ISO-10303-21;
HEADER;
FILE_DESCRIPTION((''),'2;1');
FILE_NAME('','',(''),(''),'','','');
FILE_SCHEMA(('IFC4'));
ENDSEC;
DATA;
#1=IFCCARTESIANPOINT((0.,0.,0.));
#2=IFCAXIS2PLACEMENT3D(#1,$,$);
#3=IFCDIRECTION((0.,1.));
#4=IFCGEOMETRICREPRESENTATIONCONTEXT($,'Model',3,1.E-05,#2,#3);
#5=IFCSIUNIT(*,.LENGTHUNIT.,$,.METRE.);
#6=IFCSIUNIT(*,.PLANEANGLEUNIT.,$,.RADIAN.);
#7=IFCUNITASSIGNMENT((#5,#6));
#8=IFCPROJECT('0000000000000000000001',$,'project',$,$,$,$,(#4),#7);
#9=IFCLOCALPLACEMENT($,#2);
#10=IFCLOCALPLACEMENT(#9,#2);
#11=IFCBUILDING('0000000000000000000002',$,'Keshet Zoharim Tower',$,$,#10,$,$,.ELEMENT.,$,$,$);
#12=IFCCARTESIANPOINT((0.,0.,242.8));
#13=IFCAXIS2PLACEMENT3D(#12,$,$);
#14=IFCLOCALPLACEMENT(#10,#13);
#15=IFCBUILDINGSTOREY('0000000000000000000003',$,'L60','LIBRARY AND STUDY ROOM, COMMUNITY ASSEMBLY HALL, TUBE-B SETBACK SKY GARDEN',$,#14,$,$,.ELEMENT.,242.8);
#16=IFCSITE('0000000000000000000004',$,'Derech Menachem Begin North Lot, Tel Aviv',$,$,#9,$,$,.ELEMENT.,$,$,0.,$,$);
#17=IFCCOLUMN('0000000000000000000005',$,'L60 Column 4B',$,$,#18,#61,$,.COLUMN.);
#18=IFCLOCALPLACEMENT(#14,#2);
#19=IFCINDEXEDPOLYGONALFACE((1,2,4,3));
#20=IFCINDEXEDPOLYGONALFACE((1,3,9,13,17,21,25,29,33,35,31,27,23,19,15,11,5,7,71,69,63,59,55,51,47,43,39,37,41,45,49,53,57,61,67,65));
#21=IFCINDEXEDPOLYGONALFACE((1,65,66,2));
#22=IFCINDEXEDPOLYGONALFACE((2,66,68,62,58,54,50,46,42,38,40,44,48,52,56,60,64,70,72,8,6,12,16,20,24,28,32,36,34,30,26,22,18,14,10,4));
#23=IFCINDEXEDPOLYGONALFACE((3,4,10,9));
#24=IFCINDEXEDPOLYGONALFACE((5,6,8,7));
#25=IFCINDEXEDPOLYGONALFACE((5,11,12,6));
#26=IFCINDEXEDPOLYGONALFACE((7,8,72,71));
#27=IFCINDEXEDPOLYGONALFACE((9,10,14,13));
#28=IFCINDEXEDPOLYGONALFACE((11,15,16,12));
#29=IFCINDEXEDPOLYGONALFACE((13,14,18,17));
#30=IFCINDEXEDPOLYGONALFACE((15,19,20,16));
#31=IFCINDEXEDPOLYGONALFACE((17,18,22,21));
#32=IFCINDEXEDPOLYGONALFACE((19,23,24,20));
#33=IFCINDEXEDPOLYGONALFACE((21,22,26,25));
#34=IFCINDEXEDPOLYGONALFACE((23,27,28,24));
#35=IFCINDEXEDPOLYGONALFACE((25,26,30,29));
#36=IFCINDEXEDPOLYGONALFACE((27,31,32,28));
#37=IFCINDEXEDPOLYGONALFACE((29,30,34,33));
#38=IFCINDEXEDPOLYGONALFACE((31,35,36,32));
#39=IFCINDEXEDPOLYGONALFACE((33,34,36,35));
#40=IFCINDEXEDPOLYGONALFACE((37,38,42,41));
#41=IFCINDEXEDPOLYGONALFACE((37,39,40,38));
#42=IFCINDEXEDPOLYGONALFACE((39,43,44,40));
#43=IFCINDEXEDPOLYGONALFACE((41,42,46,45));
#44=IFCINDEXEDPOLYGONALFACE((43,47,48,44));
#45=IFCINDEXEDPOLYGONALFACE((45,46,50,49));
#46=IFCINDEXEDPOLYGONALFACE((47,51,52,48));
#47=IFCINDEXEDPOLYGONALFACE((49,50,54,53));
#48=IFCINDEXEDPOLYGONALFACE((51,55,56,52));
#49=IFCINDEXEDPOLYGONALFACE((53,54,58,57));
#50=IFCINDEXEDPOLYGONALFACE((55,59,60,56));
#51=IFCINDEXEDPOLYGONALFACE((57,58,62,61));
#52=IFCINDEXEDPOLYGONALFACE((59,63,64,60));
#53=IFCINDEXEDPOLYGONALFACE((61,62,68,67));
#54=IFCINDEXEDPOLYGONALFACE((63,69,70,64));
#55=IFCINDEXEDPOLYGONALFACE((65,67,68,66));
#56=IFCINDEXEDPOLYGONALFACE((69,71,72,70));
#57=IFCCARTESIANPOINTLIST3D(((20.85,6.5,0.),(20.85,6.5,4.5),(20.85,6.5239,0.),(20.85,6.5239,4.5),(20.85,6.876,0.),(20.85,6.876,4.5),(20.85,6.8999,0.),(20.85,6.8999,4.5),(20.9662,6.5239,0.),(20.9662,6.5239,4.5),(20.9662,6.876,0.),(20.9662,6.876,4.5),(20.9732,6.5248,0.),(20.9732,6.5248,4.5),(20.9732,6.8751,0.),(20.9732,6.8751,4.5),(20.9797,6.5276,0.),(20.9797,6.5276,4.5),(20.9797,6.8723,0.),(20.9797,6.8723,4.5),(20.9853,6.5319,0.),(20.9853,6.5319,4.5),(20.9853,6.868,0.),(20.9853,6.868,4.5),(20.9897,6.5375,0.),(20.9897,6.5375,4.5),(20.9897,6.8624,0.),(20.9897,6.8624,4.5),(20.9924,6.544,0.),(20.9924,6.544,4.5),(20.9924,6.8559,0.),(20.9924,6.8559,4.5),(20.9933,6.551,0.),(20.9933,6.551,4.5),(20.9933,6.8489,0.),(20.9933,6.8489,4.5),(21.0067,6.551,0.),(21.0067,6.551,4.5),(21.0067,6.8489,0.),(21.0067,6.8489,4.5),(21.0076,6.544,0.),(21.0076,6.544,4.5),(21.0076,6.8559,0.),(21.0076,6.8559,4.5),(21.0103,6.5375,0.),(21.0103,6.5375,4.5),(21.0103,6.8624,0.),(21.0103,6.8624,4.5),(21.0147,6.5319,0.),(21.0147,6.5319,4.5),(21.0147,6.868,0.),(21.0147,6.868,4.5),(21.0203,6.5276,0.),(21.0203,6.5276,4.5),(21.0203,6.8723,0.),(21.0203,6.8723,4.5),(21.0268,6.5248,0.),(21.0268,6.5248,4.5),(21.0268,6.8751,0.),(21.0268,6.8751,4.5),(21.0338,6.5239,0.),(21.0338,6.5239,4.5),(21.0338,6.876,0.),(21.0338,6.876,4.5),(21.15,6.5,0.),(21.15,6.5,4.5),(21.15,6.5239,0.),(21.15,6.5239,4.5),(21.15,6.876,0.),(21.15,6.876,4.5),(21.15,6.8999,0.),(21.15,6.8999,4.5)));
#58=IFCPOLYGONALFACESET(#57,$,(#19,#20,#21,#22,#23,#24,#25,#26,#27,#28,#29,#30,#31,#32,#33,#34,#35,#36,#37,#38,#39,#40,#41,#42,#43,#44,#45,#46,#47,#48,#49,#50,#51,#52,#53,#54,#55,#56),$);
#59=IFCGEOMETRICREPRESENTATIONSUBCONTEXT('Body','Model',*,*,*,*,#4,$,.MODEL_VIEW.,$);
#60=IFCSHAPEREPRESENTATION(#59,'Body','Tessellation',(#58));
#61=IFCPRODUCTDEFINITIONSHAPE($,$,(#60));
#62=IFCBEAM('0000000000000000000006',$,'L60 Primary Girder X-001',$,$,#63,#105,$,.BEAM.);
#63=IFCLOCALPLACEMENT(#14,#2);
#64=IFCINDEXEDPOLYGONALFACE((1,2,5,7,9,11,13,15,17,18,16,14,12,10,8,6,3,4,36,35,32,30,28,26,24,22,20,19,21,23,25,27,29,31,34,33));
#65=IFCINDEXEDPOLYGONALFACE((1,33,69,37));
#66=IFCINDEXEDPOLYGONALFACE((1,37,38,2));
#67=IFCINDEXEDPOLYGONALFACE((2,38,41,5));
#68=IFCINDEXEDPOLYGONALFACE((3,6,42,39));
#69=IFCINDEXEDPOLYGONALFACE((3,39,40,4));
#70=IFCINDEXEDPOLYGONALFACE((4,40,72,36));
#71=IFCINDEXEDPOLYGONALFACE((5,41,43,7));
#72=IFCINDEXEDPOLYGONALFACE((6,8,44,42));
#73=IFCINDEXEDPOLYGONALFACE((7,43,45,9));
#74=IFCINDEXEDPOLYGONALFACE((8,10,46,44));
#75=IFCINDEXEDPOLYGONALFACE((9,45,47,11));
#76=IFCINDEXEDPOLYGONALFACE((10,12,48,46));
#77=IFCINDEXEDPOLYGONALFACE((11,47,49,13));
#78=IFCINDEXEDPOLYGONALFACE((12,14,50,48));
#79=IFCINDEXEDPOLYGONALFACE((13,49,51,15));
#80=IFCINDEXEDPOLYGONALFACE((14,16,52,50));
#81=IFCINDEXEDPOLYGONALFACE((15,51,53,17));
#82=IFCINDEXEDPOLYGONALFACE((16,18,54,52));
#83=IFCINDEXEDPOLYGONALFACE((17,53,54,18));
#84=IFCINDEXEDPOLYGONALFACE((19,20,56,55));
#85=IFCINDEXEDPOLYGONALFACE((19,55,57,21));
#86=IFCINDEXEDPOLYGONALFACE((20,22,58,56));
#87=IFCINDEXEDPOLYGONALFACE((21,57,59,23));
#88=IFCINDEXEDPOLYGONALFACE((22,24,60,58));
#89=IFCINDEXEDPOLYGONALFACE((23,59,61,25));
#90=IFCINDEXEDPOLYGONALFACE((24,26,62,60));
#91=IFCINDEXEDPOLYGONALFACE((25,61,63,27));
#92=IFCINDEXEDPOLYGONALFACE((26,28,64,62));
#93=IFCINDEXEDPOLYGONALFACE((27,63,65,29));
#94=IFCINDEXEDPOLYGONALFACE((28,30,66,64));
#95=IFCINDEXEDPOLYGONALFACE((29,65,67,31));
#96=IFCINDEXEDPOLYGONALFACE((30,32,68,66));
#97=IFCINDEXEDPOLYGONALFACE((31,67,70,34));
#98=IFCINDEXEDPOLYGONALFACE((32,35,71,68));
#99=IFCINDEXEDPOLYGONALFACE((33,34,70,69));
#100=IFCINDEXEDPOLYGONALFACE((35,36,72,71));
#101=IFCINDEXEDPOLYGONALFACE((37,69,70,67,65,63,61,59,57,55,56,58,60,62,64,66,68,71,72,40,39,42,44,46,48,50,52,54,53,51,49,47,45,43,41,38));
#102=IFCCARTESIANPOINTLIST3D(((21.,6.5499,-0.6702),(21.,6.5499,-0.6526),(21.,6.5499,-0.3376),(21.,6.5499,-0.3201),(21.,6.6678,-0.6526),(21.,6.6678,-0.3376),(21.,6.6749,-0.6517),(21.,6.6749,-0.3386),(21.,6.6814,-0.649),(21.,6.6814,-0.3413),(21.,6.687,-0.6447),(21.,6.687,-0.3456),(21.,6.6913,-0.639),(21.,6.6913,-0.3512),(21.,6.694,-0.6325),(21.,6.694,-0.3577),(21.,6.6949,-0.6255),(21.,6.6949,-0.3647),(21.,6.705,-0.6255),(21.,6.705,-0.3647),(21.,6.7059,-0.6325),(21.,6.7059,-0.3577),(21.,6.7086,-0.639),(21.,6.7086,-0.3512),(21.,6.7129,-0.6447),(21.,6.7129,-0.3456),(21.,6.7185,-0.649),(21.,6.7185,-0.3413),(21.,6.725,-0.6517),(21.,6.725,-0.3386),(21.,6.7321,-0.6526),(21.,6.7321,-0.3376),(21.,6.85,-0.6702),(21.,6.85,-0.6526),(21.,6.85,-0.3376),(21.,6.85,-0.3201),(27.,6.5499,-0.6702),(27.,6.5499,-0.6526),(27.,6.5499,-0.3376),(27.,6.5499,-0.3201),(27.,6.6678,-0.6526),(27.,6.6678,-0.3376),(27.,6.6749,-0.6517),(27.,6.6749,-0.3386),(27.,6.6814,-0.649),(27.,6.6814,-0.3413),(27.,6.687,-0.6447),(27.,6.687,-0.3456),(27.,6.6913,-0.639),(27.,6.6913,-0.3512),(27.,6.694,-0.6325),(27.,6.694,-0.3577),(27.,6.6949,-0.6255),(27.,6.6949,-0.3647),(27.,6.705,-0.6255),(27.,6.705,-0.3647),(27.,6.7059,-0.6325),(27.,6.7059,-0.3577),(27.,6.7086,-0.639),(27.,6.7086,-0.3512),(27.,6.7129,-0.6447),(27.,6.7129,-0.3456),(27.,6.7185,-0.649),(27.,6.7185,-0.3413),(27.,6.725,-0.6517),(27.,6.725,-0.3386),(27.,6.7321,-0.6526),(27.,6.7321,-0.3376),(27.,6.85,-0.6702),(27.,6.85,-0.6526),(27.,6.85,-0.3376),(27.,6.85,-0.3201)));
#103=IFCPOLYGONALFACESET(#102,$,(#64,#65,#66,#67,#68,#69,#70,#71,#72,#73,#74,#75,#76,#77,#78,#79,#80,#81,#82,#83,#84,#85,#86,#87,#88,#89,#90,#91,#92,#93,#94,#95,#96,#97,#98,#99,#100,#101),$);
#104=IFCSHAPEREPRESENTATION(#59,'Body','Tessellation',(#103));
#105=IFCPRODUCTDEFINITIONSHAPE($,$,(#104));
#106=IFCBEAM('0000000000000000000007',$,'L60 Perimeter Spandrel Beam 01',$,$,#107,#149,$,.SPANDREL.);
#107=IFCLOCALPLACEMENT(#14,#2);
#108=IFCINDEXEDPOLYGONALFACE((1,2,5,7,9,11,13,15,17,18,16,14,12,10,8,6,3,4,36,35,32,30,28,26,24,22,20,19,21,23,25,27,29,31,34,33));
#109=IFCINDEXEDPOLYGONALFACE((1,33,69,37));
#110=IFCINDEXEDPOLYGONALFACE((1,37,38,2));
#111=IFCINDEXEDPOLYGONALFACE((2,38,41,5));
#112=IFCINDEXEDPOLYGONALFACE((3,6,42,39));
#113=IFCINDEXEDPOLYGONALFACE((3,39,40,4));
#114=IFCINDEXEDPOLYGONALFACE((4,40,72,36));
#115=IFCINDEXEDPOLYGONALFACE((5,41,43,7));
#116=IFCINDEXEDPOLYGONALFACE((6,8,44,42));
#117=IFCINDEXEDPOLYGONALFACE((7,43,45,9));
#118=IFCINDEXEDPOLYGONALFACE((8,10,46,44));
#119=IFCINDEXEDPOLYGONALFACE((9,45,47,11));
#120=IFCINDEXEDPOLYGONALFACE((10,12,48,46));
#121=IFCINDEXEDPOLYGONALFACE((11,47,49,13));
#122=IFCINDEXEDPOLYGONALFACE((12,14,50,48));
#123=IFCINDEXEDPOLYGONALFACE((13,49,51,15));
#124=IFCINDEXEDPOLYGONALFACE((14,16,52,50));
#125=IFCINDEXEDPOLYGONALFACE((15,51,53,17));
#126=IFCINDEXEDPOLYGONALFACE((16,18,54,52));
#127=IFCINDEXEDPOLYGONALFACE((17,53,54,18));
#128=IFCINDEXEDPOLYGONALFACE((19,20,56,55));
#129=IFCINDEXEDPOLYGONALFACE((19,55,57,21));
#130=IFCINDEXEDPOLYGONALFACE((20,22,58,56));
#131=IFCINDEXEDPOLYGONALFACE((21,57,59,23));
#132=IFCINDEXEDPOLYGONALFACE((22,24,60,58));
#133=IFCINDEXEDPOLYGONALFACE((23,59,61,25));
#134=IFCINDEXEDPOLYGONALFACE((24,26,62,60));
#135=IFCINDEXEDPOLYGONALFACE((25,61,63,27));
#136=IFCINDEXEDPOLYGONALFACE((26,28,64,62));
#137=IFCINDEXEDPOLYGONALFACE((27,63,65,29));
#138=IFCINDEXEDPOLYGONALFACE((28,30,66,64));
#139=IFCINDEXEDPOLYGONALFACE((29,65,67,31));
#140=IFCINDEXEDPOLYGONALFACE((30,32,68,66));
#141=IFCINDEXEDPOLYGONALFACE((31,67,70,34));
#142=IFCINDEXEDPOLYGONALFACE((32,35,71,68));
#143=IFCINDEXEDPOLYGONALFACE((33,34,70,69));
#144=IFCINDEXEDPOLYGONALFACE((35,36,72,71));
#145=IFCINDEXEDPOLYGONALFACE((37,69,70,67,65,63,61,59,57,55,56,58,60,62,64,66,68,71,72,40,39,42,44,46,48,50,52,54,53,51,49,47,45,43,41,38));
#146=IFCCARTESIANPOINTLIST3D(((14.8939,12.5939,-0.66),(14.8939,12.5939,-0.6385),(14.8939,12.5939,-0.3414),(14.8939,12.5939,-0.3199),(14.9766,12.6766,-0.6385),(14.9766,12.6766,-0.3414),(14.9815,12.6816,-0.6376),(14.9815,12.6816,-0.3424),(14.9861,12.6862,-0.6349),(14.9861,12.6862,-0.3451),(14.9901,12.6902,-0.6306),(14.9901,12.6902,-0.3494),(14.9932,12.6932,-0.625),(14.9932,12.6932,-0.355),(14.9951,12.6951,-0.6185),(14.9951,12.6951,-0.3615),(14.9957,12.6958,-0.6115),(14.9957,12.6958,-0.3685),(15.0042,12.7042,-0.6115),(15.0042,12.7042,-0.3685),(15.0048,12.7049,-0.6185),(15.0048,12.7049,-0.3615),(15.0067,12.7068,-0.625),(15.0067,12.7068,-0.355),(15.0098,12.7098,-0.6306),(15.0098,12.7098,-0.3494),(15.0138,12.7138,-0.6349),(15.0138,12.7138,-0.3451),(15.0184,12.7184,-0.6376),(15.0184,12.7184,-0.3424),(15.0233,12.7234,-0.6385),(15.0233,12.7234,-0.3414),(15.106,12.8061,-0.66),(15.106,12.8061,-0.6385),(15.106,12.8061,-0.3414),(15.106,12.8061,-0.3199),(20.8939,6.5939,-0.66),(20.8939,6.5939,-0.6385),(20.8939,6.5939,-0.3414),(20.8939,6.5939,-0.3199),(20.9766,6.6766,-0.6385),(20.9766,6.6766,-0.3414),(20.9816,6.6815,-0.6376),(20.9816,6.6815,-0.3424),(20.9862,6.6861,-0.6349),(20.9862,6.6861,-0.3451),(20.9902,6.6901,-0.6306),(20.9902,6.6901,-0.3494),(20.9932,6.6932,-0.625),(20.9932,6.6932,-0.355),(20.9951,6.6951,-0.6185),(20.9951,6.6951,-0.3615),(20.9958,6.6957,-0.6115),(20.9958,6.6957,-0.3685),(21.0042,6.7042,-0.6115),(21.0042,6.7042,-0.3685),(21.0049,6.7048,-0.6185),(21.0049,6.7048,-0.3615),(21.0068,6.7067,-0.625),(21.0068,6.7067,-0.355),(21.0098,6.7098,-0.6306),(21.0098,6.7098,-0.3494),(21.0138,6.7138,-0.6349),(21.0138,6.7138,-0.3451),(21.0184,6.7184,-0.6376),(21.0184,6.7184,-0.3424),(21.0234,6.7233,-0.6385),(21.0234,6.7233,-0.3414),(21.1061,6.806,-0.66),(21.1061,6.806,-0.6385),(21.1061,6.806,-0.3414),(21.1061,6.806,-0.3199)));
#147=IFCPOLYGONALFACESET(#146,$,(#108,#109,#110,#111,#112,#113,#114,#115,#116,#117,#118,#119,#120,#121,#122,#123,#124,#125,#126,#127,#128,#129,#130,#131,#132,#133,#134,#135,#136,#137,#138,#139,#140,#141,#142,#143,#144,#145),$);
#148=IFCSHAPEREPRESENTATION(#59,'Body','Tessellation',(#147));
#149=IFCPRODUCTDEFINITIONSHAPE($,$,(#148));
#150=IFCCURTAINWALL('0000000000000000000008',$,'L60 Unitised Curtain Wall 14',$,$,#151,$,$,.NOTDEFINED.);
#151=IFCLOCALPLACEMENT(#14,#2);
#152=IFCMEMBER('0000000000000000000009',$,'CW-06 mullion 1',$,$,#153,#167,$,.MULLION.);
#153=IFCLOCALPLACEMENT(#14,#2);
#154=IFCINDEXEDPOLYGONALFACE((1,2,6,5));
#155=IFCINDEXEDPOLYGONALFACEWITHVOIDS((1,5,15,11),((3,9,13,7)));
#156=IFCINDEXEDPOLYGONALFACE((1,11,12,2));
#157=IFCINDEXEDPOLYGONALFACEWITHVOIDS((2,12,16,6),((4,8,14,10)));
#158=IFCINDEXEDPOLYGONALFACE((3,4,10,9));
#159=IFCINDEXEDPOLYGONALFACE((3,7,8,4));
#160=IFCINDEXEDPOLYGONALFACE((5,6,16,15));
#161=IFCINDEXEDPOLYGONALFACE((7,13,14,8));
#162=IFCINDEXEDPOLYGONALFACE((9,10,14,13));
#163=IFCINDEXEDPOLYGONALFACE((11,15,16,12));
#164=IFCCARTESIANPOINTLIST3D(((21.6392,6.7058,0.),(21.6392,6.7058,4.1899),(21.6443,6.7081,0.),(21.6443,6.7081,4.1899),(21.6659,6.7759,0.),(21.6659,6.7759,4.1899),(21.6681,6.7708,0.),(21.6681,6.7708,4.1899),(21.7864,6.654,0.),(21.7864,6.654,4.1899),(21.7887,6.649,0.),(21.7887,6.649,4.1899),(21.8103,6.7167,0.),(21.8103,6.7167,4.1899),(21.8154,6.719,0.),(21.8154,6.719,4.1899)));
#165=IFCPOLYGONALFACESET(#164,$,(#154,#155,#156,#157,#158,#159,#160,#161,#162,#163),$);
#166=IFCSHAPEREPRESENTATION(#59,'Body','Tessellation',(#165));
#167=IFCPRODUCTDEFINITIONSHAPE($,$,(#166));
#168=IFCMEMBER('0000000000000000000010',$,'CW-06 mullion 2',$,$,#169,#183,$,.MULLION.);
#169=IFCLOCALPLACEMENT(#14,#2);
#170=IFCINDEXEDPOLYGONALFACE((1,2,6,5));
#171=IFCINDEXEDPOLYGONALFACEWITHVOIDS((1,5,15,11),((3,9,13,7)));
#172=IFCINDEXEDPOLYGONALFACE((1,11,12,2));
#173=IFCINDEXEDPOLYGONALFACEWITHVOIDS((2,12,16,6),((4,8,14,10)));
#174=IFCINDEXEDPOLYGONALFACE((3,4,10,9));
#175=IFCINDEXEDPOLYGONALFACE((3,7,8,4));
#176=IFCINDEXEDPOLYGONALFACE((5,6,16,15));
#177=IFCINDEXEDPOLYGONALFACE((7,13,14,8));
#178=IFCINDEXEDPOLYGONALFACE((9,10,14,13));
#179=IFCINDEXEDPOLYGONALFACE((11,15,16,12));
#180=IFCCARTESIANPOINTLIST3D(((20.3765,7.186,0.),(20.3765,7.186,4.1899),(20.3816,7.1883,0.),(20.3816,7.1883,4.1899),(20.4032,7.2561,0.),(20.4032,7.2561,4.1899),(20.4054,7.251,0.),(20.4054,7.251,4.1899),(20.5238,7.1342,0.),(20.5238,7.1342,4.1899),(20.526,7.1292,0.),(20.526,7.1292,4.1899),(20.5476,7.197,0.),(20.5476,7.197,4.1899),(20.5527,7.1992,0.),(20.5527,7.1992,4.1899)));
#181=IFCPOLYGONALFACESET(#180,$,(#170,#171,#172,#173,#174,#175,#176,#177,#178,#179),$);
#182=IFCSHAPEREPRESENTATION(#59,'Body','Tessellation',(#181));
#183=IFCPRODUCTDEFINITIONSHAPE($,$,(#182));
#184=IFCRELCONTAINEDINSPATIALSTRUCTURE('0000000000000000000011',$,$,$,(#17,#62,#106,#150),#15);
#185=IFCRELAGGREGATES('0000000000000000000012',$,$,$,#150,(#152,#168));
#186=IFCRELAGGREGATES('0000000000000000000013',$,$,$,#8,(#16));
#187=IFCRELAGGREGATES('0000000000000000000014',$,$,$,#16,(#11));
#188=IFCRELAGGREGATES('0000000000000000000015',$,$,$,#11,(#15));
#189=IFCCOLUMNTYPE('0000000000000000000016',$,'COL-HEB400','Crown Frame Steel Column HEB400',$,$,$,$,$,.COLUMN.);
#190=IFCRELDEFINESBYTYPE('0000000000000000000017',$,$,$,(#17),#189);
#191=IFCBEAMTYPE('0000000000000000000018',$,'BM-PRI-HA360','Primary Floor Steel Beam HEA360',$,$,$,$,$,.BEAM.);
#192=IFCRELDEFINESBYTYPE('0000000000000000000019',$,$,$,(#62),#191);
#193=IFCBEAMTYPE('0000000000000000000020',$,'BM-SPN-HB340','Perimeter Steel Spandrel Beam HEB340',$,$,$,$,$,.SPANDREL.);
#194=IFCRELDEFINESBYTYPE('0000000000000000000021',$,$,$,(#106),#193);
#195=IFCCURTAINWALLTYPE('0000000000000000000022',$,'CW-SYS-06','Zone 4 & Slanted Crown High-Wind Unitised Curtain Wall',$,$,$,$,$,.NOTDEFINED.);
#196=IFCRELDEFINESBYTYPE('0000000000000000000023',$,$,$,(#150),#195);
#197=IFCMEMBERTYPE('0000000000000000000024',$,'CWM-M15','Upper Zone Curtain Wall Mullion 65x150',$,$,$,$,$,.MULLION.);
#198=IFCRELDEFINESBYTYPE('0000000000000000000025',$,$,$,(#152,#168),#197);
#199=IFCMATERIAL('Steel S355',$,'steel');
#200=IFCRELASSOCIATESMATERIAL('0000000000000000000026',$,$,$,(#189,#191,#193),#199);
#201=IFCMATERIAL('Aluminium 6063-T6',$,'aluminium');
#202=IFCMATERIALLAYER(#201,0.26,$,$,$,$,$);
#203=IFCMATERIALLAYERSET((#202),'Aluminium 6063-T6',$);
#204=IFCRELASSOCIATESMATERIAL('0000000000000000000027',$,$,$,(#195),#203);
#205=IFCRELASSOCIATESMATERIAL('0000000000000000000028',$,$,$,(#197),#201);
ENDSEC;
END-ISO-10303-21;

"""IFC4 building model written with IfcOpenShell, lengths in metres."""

from ifc_helpers import new_model, si_unit, direction, frame, origin, origin_2d, place, context, subcontext, project, spatial, hollow_rectangle, i_section, extrude, material, layer, layer_set, material_profile, profile_set, type_object, element, aggregate, save


model = new_model("IFC4")

# Units and contexts
model_context = context("Model", 3, precision=1e-05, world=origin(), true_north=direction((0.0, 1.0)))
body_context = subcontext(model_context, "Body", "Model", "MODEL_VIEW")
ifc_project = project(units=[si_unit("LENGTHUNIT", "METRE"), si_unit("PLANEANGLEUNIT", "RADIAN")], contexts=[model_context])

# Site, building, storey
site_placement = place(None, origin())
site = spatial("IfcSite", under=ifc_project, at=site_placement, Name="Derech Menachem Begin North Lot, Tel Aviv", CompositionType="ELEMENT", RefElevation=0.0)
building_placement = place(site_placement, origin())
building = spatial("IfcBuilding", under=site, at=building_placement, Name="Keshet Zoharim Tower", CompositionType="ELEMENT")
storey_placement = place(building_placement, frame((0.0, 0.0, 242.8)))
storey = spatial("IfcBuildingStorey", under=building, at=storey_placement, Name="L60", Description="LIBRARY AND STUDY ROOM, COMMUNITY ASSEMBLY HALL, TUBE-B SETBACK SKY GARDEN", CompositionType="ELEMENT", Elevation=242.8)

# Column
ifc_material_1 = material(Name="Steel S355", Category="steel")
ifc_material_profile_1 = material_profile(ifc_material_1, i_section(OverallWidth=0.3, OverallDepth=0.3999, WebThickness=0.0134, FlangeThickness=0.0239, FilletRadius=0.0271, at=origin_2d()), Name="HEB400")
ifc_profile_set_1 = profile_set([ifc_material_profile_1], Name="Steel S355")
column_type = type_object("IfcColumnType", Name="COL-HEB400", Description="Crown Frame Steel Column HEB400", PredefinedType="COLUMN", material=ifc_profile_set_1)
column_placement = place(storey_placement, frame((21.0, 6.7, 0.0), z_axis=(0.0, 0.0, 1.0), x_axis=(1.0, 0.0, 0.0)))
element("IfcColumn", 1, at=column_placement, inside=storey, type_object=column_type, Name="L60 Column 4B", PredefinedType="COLUMN", context=body_context, shape_type="SweptSolid", body=[
    extrude(i_section(OverallWidth=0.3, OverallDepth=0.3999, WebThickness=0.0134, FlangeThickness=0.0239, FilletRadius=0.0271, at=origin_2d()), origin(), (0.0, 0.0, 1.0), 4.5),
])

# Beams
ifc_material_profile_2 = material_profile(ifc_material_1, i_section(OverallWidth=0.3, OverallDepth=0.3501, WebThickness=0.01, FlangeThickness=0.0176, FilletRadius=0.0271, at=origin_2d()), Name="HEA360")
ifc_profile_set_2 = profile_set([ifc_material_profile_2], Name="Steel S355")
beam_type_1 = type_object("IfcBeamType", Name="BM-PRI-HA360", Description="Primary Floor Steel Beam HEA360", PredefinedType="BEAM", material=ifc_profile_set_2)
beam_1_placement = place(storey_placement, frame((21.0, 6.7, -0.4951), z_axis=(1.0, 0.0, 0.0), x_axis=(0.0, 1.0, 0.0)))
element("IfcBeam", 2, at=beam_1_placement, inside=storey, type_object=beam_type_1, Name="L60 Primary Girder X-001", PredefinedType="BEAM", context=body_context, shape_type="SweptSolid", body=[
    extrude(i_section(OverallWidth=0.3, OverallDepth=0.3501, WebThickness=0.01, FlangeThickness=0.0176, FilletRadius=0.0271, at=origin_2d()), origin(), (0.0, 0.0, 1.0), 6.0),
])
ifc_material_profile_3 = material_profile(ifc_material_1, i_section(OverallWidth=0.3, OverallDepth=0.3401, WebThickness=0.012, FlangeThickness=0.0215, FilletRadius=0.0271, at=origin_2d()), Name="HEB340")
ifc_profile_set_3 = profile_set([ifc_material_profile_3], Name="Steel S355")
beam_type_2 = type_object("IfcBeamType", Name="BM-SPN-HB340", Description="Perimeter Steel Spandrel Beam HEB340", PredefinedType="SPANDREL", material=ifc_profile_set_3)
beam_2_placement = place(storey_placement, frame((21.0, 6.7, -0.49), z_axis=(-0.707107, 0.707107, 0.0), x_axis=(-0.707107, -0.707107, 0.0)))
element("IfcBeam", 3, at=beam_2_placement, inside=storey, type_object=beam_type_2, Name="L60 Perimeter Spandrel Beam 01", PredefinedType="SPANDREL", context=body_context, shape_type="SweptSolid", body=[
    extrude(i_section(OverallWidth=0.3, OverallDepth=0.3401, WebThickness=0.012, FlangeThickness=0.0215, FilletRadius=0.0271, at=origin_2d()), origin(), (0.0, 0.0, 1.0), 8.4854),
])

# Curtain wall, members
ifc_material_2 = material(Name="Aluminium 6063-T6", Category="aluminium")
ifc_layer_1 = layer(ifc_material_2, 0.26)
ifc_layer_set_1 = layer_set([ifc_layer_1], Name="Aluminium 6063-T6")
curtain_wall_type = type_object("IfcCurtainWallType", Name="CW-SYS-06", Description="Zone 4 & Slanted Crown High-Wind Unitised Curtain Wall", PredefinedType="NOTDEFINED", material=ifc_layer_set_1)
curtain_wall_1_placement = place(storey_placement, origin())
curtain_wall_1 = element("IfcCurtainWall", 4, at=curtain_wall_1_placement, inside=storey, type_object=curtain_wall_type, Name="L60 Unitised Curtain Wall 14", PredefinedType="NOTDEFINED")
ifc_material_profile_4 = material_profile(ifc_material_2, hollow_rectangle(XDim=0.075, YDim=0.1599, WallThickness=0.0039, at=origin_2d()), Name="MUL-75x160")
ifc_profile_set_4 = profile_set([ifc_material_profile_4], Name="Aluminium 6063-T6")
member_type_1 = type_object("IfcMemberType", Name="CWM-M15", Description="Upper Zone Curtain Wall Mullion 65x150", PredefinedType="MULLION", material=ifc_profile_set_4)
member_1_placement = place(storey_placement, frame((21.7273, 6.7124, 0.0), z_axis=(0.0, 0.0, 1.0), x_axis=(-0.355439, -0.934699, 0.0)))
member_1 = element("IfcMember", 5, at=member_1_placement, type_object=member_type_1, Name="CW-06 mullion 1", PredefinedType="MULLION", context=body_context, shape_type="SweptSolid", body=[
    extrude(hollow_rectangle(XDim=0.075, YDim=0.1599, WallThickness=0.0039, at=origin_2d()), origin(), (0.0, 0.0, 1.0), 4.1899),
])
member_2_placement = place(storey_placement, frame((20.4646, 7.1926, 0.0), z_axis=(0.0, 0.0, 1.0), x_axis=(-0.355439, -0.934699, 0.0)))
member_2 = element("IfcMember", 6, at=member_2_placement, type_object=member_type_1, Name="CW-06 mullion 2", PredefinedType="MULLION", context=body_context, shape_type="SweptSolid", body=[
    extrude(hollow_rectangle(XDim=0.075, YDim=0.1599, WallThickness=0.0039, at=origin_2d()), origin(), (0.0, 0.0, 1.0), 4.1899),
])

aggregate(curtain_wall_1, [member_1, member_2])

save(model, "model.ifc")
